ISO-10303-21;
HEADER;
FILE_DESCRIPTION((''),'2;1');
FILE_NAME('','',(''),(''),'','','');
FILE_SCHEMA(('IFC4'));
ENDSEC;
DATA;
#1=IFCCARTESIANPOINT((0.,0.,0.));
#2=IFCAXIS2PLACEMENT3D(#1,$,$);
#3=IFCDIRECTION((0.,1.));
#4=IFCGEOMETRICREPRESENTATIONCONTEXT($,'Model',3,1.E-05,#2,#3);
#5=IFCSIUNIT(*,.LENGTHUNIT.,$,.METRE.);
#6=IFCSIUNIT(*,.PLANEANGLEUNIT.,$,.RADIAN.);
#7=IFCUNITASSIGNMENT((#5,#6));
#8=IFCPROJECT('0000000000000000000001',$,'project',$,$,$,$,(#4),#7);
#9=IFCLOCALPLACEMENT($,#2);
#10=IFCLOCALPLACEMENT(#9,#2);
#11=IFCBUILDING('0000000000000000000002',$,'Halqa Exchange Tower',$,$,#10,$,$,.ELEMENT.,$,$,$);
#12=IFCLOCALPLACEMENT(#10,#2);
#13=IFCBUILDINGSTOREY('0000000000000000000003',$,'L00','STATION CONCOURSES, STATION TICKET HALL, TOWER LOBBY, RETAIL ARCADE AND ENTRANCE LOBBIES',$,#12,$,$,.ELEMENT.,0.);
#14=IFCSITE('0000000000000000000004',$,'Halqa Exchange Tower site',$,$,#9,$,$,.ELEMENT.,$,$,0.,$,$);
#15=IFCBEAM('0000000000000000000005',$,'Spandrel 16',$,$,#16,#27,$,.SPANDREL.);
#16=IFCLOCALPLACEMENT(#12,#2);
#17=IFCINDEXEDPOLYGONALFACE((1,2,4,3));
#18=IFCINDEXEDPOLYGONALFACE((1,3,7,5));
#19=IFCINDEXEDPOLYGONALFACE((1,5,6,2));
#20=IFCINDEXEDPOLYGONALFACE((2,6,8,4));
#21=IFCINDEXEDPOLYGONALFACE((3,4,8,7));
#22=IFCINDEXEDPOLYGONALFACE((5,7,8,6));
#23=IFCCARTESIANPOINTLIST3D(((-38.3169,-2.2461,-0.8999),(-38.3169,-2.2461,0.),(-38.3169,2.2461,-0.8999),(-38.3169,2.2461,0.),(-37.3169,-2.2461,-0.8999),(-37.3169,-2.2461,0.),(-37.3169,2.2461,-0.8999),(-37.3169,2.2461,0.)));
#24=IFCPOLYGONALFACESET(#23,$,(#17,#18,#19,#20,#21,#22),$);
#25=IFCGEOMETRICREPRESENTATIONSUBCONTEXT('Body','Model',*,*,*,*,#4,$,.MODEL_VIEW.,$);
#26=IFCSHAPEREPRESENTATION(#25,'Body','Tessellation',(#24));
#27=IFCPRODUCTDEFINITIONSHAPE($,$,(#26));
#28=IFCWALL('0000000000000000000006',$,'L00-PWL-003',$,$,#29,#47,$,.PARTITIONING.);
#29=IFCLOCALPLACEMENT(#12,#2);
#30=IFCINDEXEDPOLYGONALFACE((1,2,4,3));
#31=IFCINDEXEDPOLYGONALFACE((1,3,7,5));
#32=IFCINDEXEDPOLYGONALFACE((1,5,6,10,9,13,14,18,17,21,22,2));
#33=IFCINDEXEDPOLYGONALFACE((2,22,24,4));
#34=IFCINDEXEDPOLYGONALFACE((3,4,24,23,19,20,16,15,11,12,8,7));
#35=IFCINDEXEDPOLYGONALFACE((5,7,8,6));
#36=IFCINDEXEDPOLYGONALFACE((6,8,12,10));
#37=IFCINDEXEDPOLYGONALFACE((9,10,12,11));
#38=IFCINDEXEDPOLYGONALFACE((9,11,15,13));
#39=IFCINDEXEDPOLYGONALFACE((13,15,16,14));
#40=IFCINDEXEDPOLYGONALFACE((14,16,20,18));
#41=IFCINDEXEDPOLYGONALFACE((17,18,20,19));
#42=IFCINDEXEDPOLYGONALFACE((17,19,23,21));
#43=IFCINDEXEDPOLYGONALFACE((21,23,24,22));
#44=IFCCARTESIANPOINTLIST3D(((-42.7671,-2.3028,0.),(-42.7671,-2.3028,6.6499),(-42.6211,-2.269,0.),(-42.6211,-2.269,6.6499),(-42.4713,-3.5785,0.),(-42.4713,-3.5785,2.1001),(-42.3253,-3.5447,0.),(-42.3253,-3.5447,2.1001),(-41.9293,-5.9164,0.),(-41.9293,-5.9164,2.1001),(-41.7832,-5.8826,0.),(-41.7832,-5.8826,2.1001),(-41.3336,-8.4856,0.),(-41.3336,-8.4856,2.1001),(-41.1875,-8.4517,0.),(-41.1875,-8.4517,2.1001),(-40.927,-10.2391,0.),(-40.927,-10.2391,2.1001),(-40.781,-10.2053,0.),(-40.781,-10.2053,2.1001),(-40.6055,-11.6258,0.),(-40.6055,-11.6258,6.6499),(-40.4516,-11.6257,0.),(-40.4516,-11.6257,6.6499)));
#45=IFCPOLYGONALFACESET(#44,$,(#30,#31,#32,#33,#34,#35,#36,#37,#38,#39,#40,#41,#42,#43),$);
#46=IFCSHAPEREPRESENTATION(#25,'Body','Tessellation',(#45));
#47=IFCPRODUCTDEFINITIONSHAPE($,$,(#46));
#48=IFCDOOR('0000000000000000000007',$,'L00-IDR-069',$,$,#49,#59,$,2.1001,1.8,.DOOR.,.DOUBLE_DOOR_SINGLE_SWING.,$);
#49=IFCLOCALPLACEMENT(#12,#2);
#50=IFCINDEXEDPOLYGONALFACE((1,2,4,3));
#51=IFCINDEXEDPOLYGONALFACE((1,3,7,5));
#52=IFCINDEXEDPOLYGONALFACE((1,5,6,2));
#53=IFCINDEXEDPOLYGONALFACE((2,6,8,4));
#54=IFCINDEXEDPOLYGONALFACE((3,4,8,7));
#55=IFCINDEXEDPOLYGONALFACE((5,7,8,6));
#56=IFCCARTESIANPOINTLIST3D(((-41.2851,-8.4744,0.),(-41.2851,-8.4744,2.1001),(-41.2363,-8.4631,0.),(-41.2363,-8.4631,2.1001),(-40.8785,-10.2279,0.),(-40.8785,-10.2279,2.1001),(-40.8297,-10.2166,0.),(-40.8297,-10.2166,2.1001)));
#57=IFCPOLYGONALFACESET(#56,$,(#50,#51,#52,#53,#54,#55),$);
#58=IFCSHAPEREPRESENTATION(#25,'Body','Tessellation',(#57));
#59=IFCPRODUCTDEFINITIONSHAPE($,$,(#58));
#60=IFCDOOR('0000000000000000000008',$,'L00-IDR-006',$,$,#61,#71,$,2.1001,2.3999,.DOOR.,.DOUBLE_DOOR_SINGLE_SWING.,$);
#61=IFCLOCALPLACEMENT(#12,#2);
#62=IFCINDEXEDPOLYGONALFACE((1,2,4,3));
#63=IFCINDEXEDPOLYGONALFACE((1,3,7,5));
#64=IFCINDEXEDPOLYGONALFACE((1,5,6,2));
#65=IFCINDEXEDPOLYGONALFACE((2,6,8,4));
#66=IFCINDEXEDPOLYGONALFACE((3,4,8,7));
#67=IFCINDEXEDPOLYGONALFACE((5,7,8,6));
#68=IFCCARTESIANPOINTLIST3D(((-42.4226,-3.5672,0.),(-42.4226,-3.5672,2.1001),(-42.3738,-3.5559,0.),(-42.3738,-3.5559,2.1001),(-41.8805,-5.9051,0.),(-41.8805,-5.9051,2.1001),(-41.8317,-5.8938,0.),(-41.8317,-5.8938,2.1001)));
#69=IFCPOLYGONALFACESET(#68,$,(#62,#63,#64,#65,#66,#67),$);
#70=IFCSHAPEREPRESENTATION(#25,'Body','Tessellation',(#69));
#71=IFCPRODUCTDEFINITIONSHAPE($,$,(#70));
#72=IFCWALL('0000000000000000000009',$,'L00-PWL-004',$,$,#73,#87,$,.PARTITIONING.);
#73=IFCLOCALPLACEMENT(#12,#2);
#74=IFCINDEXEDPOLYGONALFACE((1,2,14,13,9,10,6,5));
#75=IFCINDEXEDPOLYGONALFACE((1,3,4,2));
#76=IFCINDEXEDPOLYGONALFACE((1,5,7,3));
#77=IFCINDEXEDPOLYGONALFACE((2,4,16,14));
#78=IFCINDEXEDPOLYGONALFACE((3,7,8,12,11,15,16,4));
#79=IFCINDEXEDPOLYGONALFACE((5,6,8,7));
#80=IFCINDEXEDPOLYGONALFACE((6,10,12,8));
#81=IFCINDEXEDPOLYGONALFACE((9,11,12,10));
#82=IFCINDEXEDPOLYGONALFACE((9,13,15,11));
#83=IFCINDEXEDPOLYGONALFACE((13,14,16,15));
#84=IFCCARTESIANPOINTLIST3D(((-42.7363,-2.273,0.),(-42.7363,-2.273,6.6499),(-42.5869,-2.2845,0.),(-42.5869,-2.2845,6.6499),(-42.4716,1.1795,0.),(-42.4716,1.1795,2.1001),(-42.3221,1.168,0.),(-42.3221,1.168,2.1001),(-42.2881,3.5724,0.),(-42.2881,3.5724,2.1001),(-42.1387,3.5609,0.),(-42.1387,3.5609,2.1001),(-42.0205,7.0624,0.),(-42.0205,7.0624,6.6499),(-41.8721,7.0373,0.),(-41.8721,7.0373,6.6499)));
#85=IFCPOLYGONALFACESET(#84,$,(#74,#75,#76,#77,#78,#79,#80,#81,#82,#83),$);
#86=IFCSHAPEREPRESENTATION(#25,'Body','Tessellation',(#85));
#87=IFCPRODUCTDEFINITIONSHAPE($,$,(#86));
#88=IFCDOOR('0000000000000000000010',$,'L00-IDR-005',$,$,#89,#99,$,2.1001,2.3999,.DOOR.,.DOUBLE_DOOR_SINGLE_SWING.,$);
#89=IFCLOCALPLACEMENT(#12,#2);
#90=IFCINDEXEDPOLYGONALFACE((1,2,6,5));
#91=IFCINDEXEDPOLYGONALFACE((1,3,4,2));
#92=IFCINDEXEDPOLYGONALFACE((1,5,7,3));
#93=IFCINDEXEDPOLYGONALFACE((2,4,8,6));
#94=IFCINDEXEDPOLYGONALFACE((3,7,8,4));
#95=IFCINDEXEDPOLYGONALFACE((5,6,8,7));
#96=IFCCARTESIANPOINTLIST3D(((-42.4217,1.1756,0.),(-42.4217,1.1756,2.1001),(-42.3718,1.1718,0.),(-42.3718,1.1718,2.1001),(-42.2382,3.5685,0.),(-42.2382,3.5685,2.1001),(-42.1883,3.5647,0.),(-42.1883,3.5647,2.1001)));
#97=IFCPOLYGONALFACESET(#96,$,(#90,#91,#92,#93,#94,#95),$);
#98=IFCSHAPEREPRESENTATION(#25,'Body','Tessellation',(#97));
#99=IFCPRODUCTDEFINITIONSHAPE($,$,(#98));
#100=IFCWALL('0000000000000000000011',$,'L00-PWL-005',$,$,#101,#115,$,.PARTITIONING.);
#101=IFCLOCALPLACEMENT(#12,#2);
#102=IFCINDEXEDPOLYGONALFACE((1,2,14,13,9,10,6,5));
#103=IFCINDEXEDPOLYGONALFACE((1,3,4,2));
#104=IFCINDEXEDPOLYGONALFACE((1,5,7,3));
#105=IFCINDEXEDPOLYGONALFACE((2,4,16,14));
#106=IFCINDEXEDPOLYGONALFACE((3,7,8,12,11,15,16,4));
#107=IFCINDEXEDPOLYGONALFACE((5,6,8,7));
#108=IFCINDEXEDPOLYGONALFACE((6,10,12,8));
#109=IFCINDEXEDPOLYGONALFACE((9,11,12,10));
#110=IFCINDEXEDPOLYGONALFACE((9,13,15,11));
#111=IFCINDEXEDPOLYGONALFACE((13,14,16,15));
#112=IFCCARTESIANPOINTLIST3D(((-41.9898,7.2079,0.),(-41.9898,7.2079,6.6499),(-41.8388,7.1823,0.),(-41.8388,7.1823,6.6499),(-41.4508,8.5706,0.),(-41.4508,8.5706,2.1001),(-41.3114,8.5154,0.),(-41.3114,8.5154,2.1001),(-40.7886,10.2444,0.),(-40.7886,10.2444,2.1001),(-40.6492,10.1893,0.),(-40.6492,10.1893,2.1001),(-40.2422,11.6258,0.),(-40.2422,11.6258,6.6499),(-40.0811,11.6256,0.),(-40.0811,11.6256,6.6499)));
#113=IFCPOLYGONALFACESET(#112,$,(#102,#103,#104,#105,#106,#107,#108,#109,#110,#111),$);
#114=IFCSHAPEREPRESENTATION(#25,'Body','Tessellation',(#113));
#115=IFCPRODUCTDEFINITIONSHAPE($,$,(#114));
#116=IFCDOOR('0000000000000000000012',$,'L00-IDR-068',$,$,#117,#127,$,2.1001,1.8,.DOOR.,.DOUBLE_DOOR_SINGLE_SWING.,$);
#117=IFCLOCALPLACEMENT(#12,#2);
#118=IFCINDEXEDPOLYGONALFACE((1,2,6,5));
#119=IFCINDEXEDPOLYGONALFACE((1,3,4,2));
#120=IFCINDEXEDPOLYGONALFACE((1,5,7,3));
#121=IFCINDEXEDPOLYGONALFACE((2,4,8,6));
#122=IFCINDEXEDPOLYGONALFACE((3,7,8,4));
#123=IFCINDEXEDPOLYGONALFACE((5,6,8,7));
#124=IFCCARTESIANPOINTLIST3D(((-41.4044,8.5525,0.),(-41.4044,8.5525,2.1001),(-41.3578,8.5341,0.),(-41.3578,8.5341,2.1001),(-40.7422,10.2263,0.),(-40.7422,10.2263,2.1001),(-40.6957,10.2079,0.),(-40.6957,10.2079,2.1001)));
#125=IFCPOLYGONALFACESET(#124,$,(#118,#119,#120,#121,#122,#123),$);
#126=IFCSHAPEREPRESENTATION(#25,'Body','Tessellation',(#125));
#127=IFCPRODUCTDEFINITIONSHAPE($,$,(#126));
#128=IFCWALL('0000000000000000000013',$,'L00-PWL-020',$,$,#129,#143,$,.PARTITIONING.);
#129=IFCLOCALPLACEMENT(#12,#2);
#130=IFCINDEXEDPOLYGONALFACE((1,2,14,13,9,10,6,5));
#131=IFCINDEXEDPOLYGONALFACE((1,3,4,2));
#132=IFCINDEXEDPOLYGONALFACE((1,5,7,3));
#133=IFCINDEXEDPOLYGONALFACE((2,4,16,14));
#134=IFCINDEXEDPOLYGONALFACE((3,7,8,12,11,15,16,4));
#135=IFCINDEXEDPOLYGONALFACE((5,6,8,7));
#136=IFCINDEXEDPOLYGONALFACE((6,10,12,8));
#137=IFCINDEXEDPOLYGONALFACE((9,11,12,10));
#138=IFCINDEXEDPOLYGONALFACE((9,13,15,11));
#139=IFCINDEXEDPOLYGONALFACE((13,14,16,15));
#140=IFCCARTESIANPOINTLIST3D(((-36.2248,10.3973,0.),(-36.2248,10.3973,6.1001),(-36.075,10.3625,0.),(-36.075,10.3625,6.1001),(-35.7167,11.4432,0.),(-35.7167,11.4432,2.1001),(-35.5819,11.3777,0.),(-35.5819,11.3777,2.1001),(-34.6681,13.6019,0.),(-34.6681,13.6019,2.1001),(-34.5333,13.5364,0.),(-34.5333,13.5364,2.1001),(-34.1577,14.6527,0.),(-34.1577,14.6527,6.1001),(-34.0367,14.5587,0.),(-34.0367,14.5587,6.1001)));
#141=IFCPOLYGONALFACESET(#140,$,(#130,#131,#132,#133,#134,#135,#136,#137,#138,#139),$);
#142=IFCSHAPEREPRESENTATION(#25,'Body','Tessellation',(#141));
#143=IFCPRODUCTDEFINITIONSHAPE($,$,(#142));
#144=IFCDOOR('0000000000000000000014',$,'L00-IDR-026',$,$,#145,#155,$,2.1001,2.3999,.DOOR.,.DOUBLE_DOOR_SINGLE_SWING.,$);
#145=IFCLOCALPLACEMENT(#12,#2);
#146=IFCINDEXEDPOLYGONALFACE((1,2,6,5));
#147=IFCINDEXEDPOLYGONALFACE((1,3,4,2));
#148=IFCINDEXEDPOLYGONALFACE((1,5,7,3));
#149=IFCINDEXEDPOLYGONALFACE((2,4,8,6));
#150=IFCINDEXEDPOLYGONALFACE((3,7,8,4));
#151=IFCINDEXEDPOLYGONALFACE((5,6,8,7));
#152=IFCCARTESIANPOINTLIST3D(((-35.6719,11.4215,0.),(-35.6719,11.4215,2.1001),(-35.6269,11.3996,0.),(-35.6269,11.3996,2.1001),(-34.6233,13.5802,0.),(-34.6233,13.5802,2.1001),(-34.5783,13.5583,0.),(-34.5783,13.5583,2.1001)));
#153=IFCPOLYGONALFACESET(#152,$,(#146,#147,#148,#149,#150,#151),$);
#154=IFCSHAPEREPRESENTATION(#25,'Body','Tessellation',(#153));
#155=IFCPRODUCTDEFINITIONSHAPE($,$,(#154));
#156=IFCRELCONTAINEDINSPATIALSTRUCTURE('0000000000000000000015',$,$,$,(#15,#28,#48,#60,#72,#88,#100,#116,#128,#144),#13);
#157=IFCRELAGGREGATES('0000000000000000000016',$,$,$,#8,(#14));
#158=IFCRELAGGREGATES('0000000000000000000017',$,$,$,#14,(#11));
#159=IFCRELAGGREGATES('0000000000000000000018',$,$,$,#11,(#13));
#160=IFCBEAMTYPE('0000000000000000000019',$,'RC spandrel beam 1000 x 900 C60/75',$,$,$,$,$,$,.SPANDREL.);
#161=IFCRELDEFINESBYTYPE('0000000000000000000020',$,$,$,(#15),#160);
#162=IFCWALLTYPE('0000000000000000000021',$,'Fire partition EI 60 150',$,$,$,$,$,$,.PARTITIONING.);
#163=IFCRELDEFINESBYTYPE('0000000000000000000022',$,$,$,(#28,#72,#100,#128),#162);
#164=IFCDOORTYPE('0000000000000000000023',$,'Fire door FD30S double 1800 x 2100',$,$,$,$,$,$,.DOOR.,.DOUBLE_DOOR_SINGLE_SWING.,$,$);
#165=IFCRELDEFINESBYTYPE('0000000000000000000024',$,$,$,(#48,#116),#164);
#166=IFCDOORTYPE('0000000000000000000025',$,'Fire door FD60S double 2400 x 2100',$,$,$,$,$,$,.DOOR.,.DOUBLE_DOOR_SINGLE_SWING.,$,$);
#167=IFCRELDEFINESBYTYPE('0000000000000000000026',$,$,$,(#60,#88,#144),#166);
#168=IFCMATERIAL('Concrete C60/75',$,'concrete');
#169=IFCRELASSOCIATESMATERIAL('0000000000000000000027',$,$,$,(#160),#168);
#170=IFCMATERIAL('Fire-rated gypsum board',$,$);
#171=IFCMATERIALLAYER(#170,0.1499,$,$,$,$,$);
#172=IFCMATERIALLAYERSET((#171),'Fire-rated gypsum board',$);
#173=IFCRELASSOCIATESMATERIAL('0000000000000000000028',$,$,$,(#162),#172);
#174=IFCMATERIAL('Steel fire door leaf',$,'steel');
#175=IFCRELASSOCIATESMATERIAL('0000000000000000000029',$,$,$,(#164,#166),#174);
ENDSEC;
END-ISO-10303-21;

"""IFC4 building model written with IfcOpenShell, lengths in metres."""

from ifc_helpers import new_model, si_unit, direction, frame, frame_2d, origin, origin_2d, place, context, subcontext, project, spatial, polyline, rectangle, outline, extrude, material, layer, layer_set, material_profile, profile_set, type_object, element, fill, save


model = new_model("IFC4")

# Units and contexts
model_context = context("Model", 3, precision=1e-05, world=origin(), true_north=direction((0.0, 1.0)))
body_context = subcontext(model_context, "Body", "Model", "MODEL_VIEW")
ifc_project = project(units=[si_unit("LENGTHUNIT", "METRE"), si_unit("PLANEANGLEUNIT", "RADIAN")], contexts=[model_context])

# Site, building, storey
site_placement = place(None, origin())
site = spatial("IfcSite", under=ifc_project, at=site_placement, Name="Halqa Exchange Tower site", CompositionType="ELEMENT", RefElevation=0.0)
building_placement = place(site_placement, origin())
building = spatial("IfcBuilding", under=site, at=building_placement, Name="Halqa Exchange Tower", CompositionType="ELEMENT")
storey_placement = place(building_placement, origin())
storey = spatial("IfcBuildingStorey", under=building, at=storey_placement, Name="L00", Description="STATION CONCOURSES, STATION TICKET HALL, TOWER LOBBY, RETAIL ARCADE AND ENTRANCE LOBBIES", CompositionType="ELEMENT", Elevation=0.0)

# Beam
ifc_material_1 = material(Name="Concrete C60/75", Category="concrete")
ifc_material_profile_1 = material_profile(ifc_material_1, rectangle(XDim=1.0, YDim=0.8999, at=origin_2d()), Name="1000 x 900")
ifc_profile_set_1 = profile_set([ifc_material_profile_1], Name="Concrete C60/75")
beam_type_1 = type_object("IfcBeamType", Name="RC spandrel beam 1000 x 900 C60/75", PredefinedType="SPANDREL", material=ifc_profile_set_1)
beam_1_placement = place(storey_placement, frame((-37.8169, 2.2461, -0.45), z_axis=(0.0, -1.0, 0.0), x_axis=(1.0, 0.0, 0.0)))
element("IfcBeam", 1, at=beam_1_placement, inside=storey, type_object=beam_type_1, Name="Spandrel 16", PredefinedType="SPANDREL", context=body_context, shape_type="SweptSolid", body=[
    extrude(rectangle(XDim=1.0, YDim=0.8999, at=origin_2d()), origin(), (0.0, 0.0, 1.0), 4.4922),
])

# Wall, openings, doors
ifc_material_2 = material(Name="Fire-rated gypsum board")
ifc_layer_1 = layer(ifc_material_2, 0.1499)
ifc_layer_set_1 = layer_set([ifc_layer_1], Name="Fire-rated gypsum board")
wall_type_1 = type_object("IfcWallType", Name="Fire partition EI 60 150", PredefinedType="PARTITIONING", material=ifc_layer_set_1)
wall_1_placement = place(storey_placement, frame((-42.6941, -2.2859, 0.0), z_axis=(0.0, 0.0, 1.0), x_axis=(0.225867, -0.974158, 0.0)))
wall_1 = element("IfcWall", 2, at=wall_1_placement, inside=storey, type_object=wall_type_1, Name="L00-PWL-003", PredefinedType="PARTITIONING", context=body_context, shape_type="SweptSolid", body=[
    extrude(outline(polyline([(0.0, -0.075), (9.5703, -0.075), (9.605, 0.075), (0.0, 0.075), (0.0, -0.075)])), origin(), (0.0, 0.0, 1.0), 6.6499),
])
opening_1_placement = place(wall_1_placement, frame((1.3096, 0.0, 0.0)))
opening_1 = element("IfcOpeningElement", 3, at=opening_1_placement, cuts=wall_1, PredefinedType="OPENING", context=body_context, shape_type="SweptSolid", body=[
    extrude(rectangle(XDim=2.3999, YDim=2.1001, at=frame_2d((1.2, 1.05))), frame((0.0, 0.0869, 0.0), z_axis=(0.0, -1.0, 0.0), x_axis=(1.0, 0.0, 0.0)), (0.0, 0.0, 1.0), 0.1738),
])
opening_2_placement = place(wall_1_placement, frame((6.3469, 0.0, 0.0)))
opening_2 = element("IfcOpeningElement", 4, at=opening_2_placement, cuts=wall_1, PredefinedType="OPENING", context=body_context, shape_type="SweptSolid", body=[
    extrude(rectangle(XDim=1.8, YDim=2.1001, at=frame_2d((0.8999, 1.05))), frame((0.0, 0.0869, 0.0), z_axis=(0.0, -1.0, 0.0), x_axis=(1.0, 0.0, 0.0)), (0.0, 0.0, 1.0), 0.1738),
])
ifc_material_3 = material(Name="Steel fire door leaf", Category="steel")
door_type_1 = type_object("IfcDoorType", Name="Fire door FD30S double 1800 x 2100", OperationType="DOUBLE_DOOR_SINGLE_SWING", PredefinedType="DOOR", material=ifc_material_3)
door_1_placement = place(opening_2_placement, origin())
door_1 = element("IfcDoor", 5, at=door_1_placement, inside=storey, type_object=door_type_1, Name="L00-IDR-069", OperationType="DOUBLE_DOOR_SINGLE_SWING", OverallHeight=2.1001, OverallWidth=1.8, PredefinedType="DOOR", context=body_context, shape_type="SweptSolid", body=[
    extrude(rectangle(XDim=1.8, YDim=2.1001, at=frame_2d((0.8999, 1.05))), frame((0.0, 0.0249, 0.0), z_axis=(0.0, -1.0, 0.0), x_axis=(1.0, 0.0, 0.0)), (0.0, 0.0, 1.0), 0.05),
])
fill(opening_2, door_1)
door_type_2 = type_object("IfcDoorType", Name="Fire door FD60S double 2400 x 2100", OperationType="DOUBLE_DOOR_SINGLE_SWING", PredefinedType="DOOR", material=ifc_material_3)
door_2_placement = place(opening_1_placement, frame((2.3999, 0.0, 0.0), z_axis=(0.0, 0.0, 1.0), x_axis=(-1.0, 0.0, 0.0)))
door_2 = element("IfcDoor", 6, at=door_2_placement, inside=storey, type_object=door_type_2, Name="L00-IDR-006", OperationType="DOUBLE_DOOR_SINGLE_SWING", OverallHeight=2.1001, OverallWidth=2.3999, PredefinedType="DOOR", context=body_context, shape_type="SweptSolid", body=[
    extrude(rectangle(XDim=2.3999, YDim=2.1001, at=frame_2d((1.2, 1.05))), frame((0.0, 0.0249, 0.0), z_axis=(0.0, -1.0, 0.0), x_axis=(1.0, 0.0, 0.0)), (0.0, 0.0, 1.0), 0.05),
])
fill(opening_1, door_2)

# Walls, openings, doors
wall_2_placement = place(storey_placement, frame((-41.9463, 7.0498, 0.0), z_axis=(0.0, 0.0, 1.0), x_axis=(-0.076457, -0.997073, 0.0)))
wall_2 = element("IfcWall", 7, at=wall_2_placement, inside=storey, type_object=wall_type_1, Name="L00-PWL-004", PredefinedType="PARTITIONING", context=body_context, shape_type="SweptSolid", body=[
    extrude(outline(polyline([(-0.0068, -0.075), (9.356, -0.075), (9.356, 0.075), (0.0068, 0.075), (-0.0068, -0.075)])), origin(), (0.0, 0.0, 1.0), 6.6499),
])
opening_3_placement = place(wall_2_placement, frame((3.4934, 0.0, 0.0)))
opening_3 = element("IfcOpeningElement", 8, at=opening_3_placement, cuts=wall_2, PredefinedType="OPENING", context=body_context, shape_type="SweptSolid", body=[
    extrude(rectangle(XDim=2.3999, YDim=2.1001, at=frame_2d((1.2, 1.05))), frame((0.0, 0.0869, 0.0), z_axis=(0.0, -1.0, 0.0), x_axis=(1.0, 0.0, 0.0)), (0.0, 0.0, 1.0), 0.1738),
])
door_3_placement = place(opening_3_placement, frame((2.3999, 0.0, 0.0), z_axis=(0.0, 0.0, 1.0), x_axis=(-1.0, 0.0, 0.0)))
door_3 = element("IfcDoor", 9, at=door_3_placement, inside=storey, type_object=door_type_2, Name="L00-IDR-005", OperationType="DOUBLE_DOOR_SINGLE_SWING", OverallHeight=2.1001, OverallWidth=2.3999, PredefinedType="DOOR", context=body_context, shape_type="SweptSolid", body=[
    extrude(rectangle(XDim=2.3999, YDim=2.1001, at=frame_2d((1.2, 1.05))), frame((0.0, 0.0249, 0.0), z_axis=(0.0, -1.0, 0.0), x_axis=(1.0, 0.0, 0.0)), (0.0, 0.0, 1.0), 0.05),
])
fill(opening_3, door_3)
wall_3_placement = place(storey_placement, frame((-41.9143, 7.1951, 0.0), z_axis=(0.0, 0.0, 1.0), x_axis=(0.367845, 0.929887, 0.0)))
wall_3 = element("IfcWall", 10, at=wall_3_placement, inside=storey, type_object=wall_type_1, Name="L00-PWL-005", PredefinedType="PARTITIONING", context=body_context, shape_type="SweptSolid", body=[
    extrude(outline(polyline([(0.0159, -0.075), (4.7942, -0.075), (4.7351, 0.075), (-0.0159, 0.075), (0.0159, -0.075)])), origin(), (0.0, 0.0, 1.0), 6.6499),
])
opening_4_placement = place(wall_3_placement, frame((1.4497, 0.0, 0.0)))
opening_4 = element("IfcOpeningElement", 11, at=opening_4_placement, cuts=wall_3, PredefinedType="OPENING", context=body_context, shape_type="SweptSolid", body=[
    extrude(rectangle(XDim=1.8, YDim=2.1001, at=frame_2d((0.8999, 1.05))), frame((0.0, 0.0869, 0.0), z_axis=(0.0, -1.0, 0.0), x_axis=(1.0, 0.0, 0.0)), (0.0, 0.0, 1.0), 0.1738),
])
door_4_placement = place(opening_4_placement, frame((1.8, 0.0, 0.0), z_axis=(0.0, 0.0, 1.0), x_axis=(-1.0, 0.0, 0.0)))
door_4 = element("IfcDoor", 12, at=door_4_placement, inside=storey, type_object=door_type_1, Name="L00-IDR-068", OperationType="DOUBLE_DOOR_SINGLE_SWING", OverallHeight=2.1001, OverallWidth=1.8, PredefinedType="DOOR", context=body_context, shape_type="SweptSolid", body=[
    extrude(rectangle(XDim=1.8, YDim=2.1001, at=frame_2d((0.8999, 1.05))), frame((0.0, 0.0249, 0.0), z_axis=(0.0, -1.0, 0.0), x_axis=(1.0, 0.0, 0.0)), (0.0, 0.0, 1.0), 0.05),
])
fill(opening_4, door_4)
wall_4_placement = place(storey_placement, frame((-36.1499, 10.3799, 0.0), z_axis=(0.0, 0.0, 1.0), x_axis=(0.436936, 0.899492, 0.0)))
wall_4 = element("IfcWall", 13, at=wall_4_placement, inside=storey, type_object=wall_type_1, Name="L00-PWL-020", PredefinedType="PARTITIONING", context=body_context, shape_type="SweptSolid", body=[
    extrude(outline(polyline([(0.0171, -0.075), (4.6821, -0.075), (4.7139, 0.075), (-0.0171, 0.075), (0.0171, -0.075)])), origin(), (0.0, 0.0, 1.0), 6.1001),
])
opening_5_placement = place(wall_4_placement, frame((1.1458, 0.0, 0.0)))
opening_5 = element("IfcOpeningElement", 14, at=opening_5_placement, cuts=wall_4, PredefinedType="OPENING", context=body_context, shape_type="SweptSolid", body=[
    extrude(rectangle(XDim=2.3999, YDim=2.1001, at=frame_2d((1.2, 1.05))), frame((0.0, 0.0869, 0.0), z_axis=(0.0, -1.0, 0.0), x_axis=(1.0, 0.0, 0.0)), (0.0, 0.0, 1.0), 0.1738),
])
door_5_placement = place(opening_5_placement, frame((2.3999, 0.0, 0.0), z_axis=(0.0, 0.0, 1.0), x_axis=(-1.0, 0.0, 0.0)))
door_5 = element("IfcDoor", 15, at=door_5_placement, inside=storey, type_object=door_type_2, Name="L00-IDR-026", OperationType="DOUBLE_DOOR_SINGLE_SWING", OverallHeight=2.1001, OverallWidth=2.3999, PredefinedType="DOOR", context=body_context, shape_type="SweptSolid", body=[
    extrude(rectangle(XDim=2.3999, YDim=2.1001, at=frame_2d((1.2, 1.05))), frame((0.0, 0.0249, 0.0), z_axis=(0.0, -1.0, 0.0), x_axis=(1.0, 0.0, 0.0)), (0.0, 0.0, 1.0), 0.05),
])
fill(opening_5, door_5)

save(model, "model.ifc")
